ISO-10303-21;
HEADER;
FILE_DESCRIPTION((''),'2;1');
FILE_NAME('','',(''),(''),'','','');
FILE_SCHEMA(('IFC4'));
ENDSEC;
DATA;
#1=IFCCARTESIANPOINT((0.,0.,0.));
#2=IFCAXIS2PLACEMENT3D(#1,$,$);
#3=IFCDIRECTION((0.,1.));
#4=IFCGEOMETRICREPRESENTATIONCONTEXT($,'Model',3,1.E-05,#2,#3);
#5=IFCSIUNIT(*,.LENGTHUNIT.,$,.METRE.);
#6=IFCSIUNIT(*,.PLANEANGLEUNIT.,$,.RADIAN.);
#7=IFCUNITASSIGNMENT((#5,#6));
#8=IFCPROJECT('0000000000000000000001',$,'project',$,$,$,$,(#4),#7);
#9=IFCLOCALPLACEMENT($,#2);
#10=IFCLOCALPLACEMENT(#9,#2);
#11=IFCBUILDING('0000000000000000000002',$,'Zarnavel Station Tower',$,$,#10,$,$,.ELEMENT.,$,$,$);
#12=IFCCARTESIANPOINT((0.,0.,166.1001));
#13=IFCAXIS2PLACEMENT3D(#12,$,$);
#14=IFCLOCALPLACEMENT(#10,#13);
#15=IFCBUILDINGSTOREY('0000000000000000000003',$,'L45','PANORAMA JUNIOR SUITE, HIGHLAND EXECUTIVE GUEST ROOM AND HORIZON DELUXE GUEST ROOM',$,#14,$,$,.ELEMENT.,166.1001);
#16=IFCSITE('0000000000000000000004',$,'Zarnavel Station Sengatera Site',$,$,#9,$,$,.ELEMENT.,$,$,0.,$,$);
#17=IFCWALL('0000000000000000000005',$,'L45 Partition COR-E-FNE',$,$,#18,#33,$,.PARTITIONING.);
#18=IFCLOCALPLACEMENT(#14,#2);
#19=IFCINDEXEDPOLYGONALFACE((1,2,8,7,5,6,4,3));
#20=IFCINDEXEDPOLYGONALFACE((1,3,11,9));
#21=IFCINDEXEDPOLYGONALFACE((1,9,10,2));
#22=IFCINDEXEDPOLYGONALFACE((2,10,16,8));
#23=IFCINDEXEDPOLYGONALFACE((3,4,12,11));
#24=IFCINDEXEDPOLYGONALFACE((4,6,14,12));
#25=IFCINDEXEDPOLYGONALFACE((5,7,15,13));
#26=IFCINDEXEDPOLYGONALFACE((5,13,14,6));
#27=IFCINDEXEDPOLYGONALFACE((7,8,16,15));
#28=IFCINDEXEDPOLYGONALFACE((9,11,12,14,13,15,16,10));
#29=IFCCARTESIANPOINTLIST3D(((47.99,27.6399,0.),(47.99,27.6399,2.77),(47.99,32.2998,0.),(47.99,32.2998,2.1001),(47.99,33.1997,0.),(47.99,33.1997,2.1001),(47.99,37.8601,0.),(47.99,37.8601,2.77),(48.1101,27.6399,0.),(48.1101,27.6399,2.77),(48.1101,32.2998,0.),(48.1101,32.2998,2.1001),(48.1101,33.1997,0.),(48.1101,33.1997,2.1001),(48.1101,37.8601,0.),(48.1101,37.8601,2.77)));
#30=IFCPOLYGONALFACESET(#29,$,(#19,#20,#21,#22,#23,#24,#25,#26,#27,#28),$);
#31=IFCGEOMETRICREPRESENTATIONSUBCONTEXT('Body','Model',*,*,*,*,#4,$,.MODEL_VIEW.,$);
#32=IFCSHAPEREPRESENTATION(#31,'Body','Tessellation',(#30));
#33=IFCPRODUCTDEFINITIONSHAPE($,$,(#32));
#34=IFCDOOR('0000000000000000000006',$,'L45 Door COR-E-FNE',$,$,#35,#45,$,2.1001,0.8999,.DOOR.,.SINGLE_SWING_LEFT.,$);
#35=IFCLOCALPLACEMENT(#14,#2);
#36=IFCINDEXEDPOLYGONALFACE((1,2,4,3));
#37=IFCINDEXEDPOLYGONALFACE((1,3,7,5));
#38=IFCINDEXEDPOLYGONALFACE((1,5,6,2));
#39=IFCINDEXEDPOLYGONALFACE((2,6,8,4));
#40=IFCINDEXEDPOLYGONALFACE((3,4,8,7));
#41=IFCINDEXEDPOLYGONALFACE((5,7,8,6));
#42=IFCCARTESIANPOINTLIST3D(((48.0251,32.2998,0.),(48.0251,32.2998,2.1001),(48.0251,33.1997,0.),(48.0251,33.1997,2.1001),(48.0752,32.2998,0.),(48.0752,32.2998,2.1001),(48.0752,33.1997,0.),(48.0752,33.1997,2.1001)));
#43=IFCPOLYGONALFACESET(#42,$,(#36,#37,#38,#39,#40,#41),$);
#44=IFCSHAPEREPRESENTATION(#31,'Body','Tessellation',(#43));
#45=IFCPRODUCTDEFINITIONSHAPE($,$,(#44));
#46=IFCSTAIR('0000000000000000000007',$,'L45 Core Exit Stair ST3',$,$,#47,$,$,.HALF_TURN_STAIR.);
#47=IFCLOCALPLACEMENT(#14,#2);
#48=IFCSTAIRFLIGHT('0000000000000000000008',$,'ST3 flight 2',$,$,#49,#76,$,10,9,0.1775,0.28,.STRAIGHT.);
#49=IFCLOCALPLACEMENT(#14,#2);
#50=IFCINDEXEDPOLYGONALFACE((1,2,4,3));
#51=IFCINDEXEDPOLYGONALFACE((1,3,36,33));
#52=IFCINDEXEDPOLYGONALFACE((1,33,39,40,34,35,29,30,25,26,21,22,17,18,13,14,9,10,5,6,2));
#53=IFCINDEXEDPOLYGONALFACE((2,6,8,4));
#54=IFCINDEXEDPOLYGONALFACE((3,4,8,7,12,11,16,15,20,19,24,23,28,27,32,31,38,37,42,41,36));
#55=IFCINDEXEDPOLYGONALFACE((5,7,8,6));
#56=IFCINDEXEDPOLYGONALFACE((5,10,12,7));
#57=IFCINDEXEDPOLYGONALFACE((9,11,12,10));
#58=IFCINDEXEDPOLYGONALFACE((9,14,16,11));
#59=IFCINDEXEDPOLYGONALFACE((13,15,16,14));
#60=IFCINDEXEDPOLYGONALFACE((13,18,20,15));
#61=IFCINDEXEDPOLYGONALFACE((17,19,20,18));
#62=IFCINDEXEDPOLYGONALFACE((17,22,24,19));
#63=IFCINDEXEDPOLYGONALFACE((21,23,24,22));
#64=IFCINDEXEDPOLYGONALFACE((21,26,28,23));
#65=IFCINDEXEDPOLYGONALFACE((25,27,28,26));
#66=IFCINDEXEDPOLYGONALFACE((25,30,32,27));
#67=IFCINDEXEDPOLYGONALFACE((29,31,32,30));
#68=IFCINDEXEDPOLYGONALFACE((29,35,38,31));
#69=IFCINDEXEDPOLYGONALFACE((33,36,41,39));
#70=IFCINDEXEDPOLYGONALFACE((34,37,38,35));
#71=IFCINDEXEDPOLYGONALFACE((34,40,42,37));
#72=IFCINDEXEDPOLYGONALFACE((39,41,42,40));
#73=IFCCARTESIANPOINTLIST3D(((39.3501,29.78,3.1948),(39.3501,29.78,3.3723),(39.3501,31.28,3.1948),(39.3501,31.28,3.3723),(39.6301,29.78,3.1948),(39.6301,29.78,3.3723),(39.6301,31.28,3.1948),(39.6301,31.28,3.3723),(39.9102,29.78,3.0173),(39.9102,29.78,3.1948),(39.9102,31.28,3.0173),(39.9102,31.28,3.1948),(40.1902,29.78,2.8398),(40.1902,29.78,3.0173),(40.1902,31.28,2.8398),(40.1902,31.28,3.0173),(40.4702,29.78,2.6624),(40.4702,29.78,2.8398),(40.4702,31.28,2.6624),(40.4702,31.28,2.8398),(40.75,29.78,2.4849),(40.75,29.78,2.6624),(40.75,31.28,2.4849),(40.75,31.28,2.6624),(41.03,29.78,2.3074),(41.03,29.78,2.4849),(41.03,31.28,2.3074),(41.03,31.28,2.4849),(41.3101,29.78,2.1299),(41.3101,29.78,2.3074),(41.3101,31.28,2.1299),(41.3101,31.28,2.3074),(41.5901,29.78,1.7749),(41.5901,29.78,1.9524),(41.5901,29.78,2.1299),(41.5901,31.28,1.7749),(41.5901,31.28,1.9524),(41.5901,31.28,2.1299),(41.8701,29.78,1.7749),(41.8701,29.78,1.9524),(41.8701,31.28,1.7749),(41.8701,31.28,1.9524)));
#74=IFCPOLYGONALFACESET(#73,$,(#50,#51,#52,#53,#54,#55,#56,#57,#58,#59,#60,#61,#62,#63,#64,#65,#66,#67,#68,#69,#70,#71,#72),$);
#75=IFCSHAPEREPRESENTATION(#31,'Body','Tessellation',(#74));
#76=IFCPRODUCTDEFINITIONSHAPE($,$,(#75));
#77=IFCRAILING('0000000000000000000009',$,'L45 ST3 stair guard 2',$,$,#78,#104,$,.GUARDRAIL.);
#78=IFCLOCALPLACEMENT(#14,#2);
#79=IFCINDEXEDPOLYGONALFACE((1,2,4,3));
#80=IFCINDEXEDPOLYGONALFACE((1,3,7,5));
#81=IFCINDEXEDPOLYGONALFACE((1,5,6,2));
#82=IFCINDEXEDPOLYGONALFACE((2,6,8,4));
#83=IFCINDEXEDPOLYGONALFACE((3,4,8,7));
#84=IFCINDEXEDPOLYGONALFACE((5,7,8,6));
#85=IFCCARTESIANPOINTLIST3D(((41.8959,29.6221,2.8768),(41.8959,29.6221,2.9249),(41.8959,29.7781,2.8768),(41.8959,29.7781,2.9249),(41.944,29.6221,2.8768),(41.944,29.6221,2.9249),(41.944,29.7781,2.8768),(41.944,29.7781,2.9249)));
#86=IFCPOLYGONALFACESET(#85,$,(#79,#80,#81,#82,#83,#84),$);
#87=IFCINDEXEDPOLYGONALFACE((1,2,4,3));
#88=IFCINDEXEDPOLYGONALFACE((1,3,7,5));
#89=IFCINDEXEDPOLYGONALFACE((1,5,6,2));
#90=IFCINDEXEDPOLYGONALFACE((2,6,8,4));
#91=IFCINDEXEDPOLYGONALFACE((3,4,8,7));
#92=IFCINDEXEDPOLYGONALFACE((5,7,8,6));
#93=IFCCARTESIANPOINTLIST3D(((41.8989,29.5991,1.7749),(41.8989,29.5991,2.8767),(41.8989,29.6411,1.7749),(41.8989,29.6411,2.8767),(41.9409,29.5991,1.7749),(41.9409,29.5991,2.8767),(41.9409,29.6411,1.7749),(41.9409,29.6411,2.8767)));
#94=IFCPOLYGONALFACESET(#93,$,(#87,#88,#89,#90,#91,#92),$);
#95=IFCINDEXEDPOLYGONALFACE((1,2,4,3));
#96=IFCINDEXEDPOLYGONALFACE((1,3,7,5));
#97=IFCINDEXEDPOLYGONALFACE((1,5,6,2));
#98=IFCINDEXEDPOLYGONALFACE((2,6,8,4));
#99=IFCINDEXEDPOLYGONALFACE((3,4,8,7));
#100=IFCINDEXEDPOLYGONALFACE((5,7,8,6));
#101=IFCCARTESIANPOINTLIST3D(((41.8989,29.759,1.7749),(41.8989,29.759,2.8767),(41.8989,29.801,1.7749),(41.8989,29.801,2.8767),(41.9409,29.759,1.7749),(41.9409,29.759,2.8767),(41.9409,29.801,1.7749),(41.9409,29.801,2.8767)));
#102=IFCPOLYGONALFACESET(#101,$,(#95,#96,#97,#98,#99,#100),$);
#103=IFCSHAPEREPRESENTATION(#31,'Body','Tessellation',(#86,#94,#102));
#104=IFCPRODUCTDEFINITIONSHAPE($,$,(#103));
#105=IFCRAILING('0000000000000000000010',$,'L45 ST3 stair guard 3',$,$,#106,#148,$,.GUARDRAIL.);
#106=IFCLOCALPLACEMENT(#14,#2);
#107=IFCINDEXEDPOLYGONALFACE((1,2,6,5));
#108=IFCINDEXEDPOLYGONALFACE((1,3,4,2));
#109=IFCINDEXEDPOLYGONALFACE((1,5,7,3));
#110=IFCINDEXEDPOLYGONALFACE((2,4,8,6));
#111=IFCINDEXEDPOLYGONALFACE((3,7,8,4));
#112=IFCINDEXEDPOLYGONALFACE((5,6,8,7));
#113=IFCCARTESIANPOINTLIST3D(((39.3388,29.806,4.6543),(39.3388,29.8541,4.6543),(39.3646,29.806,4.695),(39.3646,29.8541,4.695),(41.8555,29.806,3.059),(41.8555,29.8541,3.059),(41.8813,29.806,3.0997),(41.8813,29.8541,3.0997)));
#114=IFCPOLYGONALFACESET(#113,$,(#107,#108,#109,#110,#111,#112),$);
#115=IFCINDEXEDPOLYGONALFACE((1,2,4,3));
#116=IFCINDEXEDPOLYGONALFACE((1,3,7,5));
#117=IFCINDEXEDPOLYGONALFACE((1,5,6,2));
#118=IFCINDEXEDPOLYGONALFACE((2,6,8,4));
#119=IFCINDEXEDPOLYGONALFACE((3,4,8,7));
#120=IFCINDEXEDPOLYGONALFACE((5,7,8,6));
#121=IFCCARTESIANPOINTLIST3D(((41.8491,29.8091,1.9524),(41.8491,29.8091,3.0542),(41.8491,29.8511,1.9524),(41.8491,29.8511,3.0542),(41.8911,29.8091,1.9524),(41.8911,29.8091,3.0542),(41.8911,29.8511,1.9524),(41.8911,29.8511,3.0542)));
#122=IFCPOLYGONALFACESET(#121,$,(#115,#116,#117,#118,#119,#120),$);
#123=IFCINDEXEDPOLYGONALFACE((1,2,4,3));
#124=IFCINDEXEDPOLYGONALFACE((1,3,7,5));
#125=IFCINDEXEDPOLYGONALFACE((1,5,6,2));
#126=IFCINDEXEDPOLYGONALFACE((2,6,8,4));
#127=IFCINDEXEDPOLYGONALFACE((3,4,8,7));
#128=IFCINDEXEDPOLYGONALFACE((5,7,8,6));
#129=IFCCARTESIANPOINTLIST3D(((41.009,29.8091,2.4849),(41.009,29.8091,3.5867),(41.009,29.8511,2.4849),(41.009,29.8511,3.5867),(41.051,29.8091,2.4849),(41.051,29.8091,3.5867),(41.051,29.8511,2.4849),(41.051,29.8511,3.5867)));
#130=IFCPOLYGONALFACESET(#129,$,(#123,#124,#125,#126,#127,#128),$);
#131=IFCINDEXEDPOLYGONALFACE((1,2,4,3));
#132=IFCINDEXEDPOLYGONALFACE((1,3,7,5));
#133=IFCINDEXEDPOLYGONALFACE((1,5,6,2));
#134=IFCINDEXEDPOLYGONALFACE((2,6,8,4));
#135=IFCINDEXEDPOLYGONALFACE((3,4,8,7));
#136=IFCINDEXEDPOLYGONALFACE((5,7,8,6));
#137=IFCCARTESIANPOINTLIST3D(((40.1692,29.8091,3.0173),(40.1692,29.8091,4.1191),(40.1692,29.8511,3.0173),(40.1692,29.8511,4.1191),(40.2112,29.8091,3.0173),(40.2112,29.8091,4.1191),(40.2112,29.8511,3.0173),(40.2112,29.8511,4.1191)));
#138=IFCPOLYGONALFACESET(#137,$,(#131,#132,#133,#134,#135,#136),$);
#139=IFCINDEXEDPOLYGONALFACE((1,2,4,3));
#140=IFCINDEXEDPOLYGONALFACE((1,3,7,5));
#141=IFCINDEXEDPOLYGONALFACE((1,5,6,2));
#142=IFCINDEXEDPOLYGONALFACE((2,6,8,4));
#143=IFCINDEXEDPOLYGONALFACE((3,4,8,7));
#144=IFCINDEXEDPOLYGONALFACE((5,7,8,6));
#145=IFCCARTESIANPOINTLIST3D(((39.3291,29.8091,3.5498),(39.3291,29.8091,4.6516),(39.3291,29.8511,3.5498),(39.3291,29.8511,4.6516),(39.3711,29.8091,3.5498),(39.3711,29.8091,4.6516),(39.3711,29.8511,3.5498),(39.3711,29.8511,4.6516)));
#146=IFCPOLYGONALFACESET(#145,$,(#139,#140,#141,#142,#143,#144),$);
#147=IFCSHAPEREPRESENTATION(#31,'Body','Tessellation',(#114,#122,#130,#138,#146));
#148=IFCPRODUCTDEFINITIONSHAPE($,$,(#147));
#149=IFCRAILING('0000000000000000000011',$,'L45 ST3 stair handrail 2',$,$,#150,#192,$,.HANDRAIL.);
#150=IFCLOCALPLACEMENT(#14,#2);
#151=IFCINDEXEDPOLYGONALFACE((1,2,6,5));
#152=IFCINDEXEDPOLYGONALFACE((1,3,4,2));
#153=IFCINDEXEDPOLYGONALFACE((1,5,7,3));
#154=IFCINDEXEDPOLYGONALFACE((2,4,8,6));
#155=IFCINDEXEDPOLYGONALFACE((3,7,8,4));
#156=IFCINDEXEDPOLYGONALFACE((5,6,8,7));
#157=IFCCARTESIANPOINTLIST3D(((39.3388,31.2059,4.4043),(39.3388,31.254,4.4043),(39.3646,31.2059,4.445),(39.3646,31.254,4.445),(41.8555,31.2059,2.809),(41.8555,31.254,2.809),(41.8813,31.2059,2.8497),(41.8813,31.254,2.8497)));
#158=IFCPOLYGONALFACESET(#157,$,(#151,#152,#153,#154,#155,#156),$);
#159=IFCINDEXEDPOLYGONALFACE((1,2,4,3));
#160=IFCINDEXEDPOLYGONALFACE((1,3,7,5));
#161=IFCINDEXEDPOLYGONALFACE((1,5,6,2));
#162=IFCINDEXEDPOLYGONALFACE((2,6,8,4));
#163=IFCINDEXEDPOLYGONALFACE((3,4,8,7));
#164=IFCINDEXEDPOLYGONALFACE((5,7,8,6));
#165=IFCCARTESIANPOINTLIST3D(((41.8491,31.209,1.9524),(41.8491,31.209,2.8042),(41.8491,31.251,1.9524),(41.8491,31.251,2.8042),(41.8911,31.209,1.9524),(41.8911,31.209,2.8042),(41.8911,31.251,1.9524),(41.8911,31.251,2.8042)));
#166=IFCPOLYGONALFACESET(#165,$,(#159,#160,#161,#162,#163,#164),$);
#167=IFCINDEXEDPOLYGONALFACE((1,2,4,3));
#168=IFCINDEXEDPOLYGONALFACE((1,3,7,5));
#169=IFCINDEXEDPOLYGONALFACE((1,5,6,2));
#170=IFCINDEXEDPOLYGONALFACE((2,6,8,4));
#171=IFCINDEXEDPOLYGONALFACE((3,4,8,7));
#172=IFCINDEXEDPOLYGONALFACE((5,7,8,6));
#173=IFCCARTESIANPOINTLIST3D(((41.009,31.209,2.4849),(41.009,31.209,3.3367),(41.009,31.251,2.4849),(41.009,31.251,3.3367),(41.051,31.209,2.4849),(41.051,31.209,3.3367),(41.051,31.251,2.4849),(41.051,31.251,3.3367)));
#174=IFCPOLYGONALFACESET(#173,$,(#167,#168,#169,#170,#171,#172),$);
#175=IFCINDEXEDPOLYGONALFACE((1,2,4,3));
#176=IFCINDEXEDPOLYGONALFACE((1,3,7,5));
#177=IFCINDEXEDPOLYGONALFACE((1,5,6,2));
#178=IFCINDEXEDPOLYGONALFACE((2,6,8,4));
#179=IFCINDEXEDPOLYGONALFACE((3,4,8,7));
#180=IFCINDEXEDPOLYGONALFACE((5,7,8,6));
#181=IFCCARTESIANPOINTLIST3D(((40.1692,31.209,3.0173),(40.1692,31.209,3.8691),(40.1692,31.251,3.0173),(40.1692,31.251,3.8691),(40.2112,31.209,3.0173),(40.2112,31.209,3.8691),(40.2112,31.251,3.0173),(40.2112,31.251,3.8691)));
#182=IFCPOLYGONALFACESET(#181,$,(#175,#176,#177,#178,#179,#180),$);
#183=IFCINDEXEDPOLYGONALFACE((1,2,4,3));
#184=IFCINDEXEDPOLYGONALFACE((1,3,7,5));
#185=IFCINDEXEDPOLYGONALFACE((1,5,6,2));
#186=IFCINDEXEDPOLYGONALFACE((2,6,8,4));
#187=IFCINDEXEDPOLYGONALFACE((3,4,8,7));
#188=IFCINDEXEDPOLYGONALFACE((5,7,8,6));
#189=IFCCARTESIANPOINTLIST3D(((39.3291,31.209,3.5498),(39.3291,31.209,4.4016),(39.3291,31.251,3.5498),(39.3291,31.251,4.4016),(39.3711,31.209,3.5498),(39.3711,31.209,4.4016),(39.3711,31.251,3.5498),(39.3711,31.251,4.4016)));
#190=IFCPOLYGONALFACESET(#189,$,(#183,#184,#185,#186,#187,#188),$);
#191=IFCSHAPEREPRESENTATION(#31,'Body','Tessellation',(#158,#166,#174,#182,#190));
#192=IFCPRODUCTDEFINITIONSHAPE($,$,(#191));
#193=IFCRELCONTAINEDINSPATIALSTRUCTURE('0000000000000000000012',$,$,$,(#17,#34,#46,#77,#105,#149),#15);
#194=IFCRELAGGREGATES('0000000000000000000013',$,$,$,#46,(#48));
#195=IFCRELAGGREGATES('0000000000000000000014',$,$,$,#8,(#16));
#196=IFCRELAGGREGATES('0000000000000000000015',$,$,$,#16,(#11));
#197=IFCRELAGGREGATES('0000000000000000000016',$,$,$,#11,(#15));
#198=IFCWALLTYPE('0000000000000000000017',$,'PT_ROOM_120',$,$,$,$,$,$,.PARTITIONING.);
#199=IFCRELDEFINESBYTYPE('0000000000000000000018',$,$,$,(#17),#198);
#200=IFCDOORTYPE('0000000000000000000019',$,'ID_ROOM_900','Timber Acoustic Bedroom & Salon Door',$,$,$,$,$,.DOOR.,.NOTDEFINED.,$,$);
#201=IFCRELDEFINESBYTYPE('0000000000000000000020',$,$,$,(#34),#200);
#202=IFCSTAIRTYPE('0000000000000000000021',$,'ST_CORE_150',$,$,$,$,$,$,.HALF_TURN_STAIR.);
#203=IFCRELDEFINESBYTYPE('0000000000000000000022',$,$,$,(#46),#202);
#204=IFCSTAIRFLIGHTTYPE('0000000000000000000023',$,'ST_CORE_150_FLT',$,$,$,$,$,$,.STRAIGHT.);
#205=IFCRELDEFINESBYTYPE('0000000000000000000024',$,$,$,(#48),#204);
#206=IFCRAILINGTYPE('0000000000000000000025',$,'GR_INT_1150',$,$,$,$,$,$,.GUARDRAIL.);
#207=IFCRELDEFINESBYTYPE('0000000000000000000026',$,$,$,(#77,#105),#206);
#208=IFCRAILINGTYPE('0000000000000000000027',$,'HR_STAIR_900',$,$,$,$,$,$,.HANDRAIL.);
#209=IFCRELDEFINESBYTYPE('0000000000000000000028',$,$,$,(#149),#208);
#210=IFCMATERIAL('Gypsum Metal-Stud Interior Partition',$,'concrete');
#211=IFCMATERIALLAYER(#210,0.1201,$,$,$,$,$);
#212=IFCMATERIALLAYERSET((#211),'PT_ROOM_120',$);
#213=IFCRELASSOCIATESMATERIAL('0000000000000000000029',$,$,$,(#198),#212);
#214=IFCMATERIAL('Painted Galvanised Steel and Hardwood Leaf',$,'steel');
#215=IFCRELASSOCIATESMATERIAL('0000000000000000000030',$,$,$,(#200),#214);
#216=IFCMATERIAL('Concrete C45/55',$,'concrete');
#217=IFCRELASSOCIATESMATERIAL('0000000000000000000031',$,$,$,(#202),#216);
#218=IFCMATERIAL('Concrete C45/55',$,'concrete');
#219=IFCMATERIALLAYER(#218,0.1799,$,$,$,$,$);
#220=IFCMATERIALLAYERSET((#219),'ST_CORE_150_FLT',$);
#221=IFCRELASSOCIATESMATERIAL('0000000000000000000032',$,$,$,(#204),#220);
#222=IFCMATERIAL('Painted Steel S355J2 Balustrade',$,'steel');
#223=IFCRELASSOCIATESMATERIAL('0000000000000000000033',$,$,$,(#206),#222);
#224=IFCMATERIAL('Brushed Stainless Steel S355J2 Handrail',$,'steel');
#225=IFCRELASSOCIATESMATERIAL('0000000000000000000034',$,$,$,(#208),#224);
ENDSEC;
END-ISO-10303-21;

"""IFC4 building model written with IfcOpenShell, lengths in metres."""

from ifc_helpers import new_model, si_unit, direction, frame, frame_2d, origin, origin_2d, place, context, subcontext, project, spatial, polyline, rectangle, outline, extrude, material, layer, layer_set, type_object, element, fill, aggregate, save


model = new_model("IFC4")

# Units and contexts
model_context = context("Model", 3, precision=1e-05, world=origin(), true_north=direction((0.0, 1.0)))
body_context = subcontext(model_context, "Body", "Model", "MODEL_VIEW")
ifc_project = project(units=[si_unit("LENGTHUNIT", "METRE"), si_unit("PLANEANGLEUNIT", "RADIAN")], contexts=[model_context])

# Site, building, storey
site_placement = place(None, origin())
site = spatial("IfcSite", under=ifc_project, at=site_placement, Name="Zarnavel Station Sengatera Site", CompositionType="ELEMENT", RefElevation=0.0)
building_placement = place(site_placement, origin())
building = spatial("IfcBuilding", under=site, at=building_placement, Name="Zarnavel Station Tower", CompositionType="ELEMENT")
storey_placement = place(building_placement, frame((0.0, 0.0, 166.1001)))
storey = spatial("IfcBuildingStorey", under=building, at=storey_placement, Name="L45", Description="PANORAMA JUNIOR SUITE, HIGHLAND EXECUTIVE GUEST ROOM AND HORIZON DELUXE GUEST ROOM", CompositionType="ELEMENT", Elevation=166.1001)

# Wall, opening, door
ifc_material_1 = material(Name="Gypsum Metal-Stud Interior Partition", Category="concrete")
ifc_layer_1 = layer(ifc_material_1, 0.1201)
ifc_layer_set_1 = layer_set([ifc_layer_1], Name="PT_ROOM_120")
wall_type_1 = type_object("IfcWallType", Name="PT_ROOM_120", PredefinedType="PARTITIONING", material=ifc_layer_set_1)
ifc_material_2 = material(Name="Painted Galvanised Steel and Hardwood Leaf", Category="steel")
door_type_1 = type_object("IfcDoorType", Name="ID_ROOM_900", Description="Timber Acoustic Bedroom & Salon Door", OperationType="NOTDEFINED", PredefinedType="DOOR", material=ifc_material_2)
wall_1_placement = place(storey_placement, frame((48.05, 27.6399, 0.0), z_axis=(0.0, 0.0, 1.0), x_axis=(0.0, 1.0, 0.0)))
wall_1 = element("IfcWall", 1, at=wall_1_placement, inside=storey, type_object=wall_type_1, Name="L45 Partition COR-E-FNE", PredefinedType="PARTITIONING", context=body_context, shape_type="SweptSolid", body=[
    extrude(rectangle(XDim=10.2202, YDim=0.1201, at=frame_2d((5.1101, 0.0))), origin(), (0.0, 0.0, 1.0), 2.77),
])
opening_1_placement = place(wall_1_placement, frame((4.6599, 0.0, 0.0)))
opening_1 = element("IfcOpeningElement", 2, at=opening_1_placement, cuts=wall_1, PredefinedType="OPENING", context=body_context, shape_type="SweptSolid", body=[
    extrude(rectangle(XDim=0.8999, YDim=2.1001, at=frame_2d((0.45, 1.05))), frame((0.0, 0.0701, 0.0), z_axis=(0.0, -1.0, 0.0), x_axis=(1.0, 0.0, 0.0)), (0.0, 0.0, 1.0), 0.1401),
])
door_1_placement = place(opening_1_placement, origin())
door_1 = element("IfcDoor", 3, at=door_1_placement, inside=storey, type_object=door_type_1, Name="L45 Door COR-E-FNE", OperationType="SINGLE_SWING_LEFT", OverallHeight=2.1001, OverallWidth=0.8999, PredefinedType="DOOR", context=body_context, shape_type="SweptSolid", body=[
    extrude(rectangle(XDim=0.8999, YDim=2.1001, at=frame_2d((0.45, 1.05))), frame((0.0, 0.0249, 0.0), z_axis=(0.0, -1.0, 0.0), x_axis=(1.0, 0.0, 0.0)), (0.0, 0.0, 1.0), 0.05),
])
fill(opening_1, door_1)

# Stair, stair flight
ifc_material_3 = material(Name="Concrete C45/55", Category="concrete")
stair_type = type_object("IfcStairType", Name="ST_CORE_150", PredefinedType="HALF_TURN_STAIR", material=ifc_material_3)
stair_placement = place(storey_placement, origin())
stair = element("IfcStair", 4, at=stair_placement, inside=storey, type_object=stair_type, Name="L45 Core Exit Stair ST3", PredefinedType="HALF_TURN_STAIR")
ifc_material_4 = material(Name="Concrete C45/55", Category="concrete")
ifc_layer_2 = layer(ifc_material_4, 0.1799)
ifc_layer_set_2 = layer_set([ifc_layer_2], Name="ST_CORE_150_FLT")
stair_flight_type = type_object("IfcStairFlightType", Name="ST_CORE_150_FLT", PredefinedType="STRAIGHT", material=ifc_layer_set_2)
stair_flight_placement = place(storey_placement, frame((41.8701, 30.53, 1.7749), z_axis=(0.0, 0.0, 1.0), x_axis=(-1.0, 0.0, 0.0)))
stair_flight = element("IfcStairFlight", 5, at=stair_flight_placement, type_object=stair_flight_type, Name="ST3 flight 2", NumberOfRisers=10, NumberOfTreads=9, PredefinedType="STRAIGHT", RiserHeight=0.1775, TreadLength=0.28, context=body_context, shape_type="SweptSolid", body=[
    extrude(outline(polyline([(0.0, 0.0), (0.0, 0.1775), (0.28, 0.1775), (0.28, 0.355), (0.5601, 0.355), (0.5601, 0.5325), (0.8401, 0.5325), (0.8401, 0.71), (1.1201, 0.71), (1.1201, 0.8875), (1.3999, 0.8875), (1.3999, 1.0649), (1.6799, 1.0649), (1.6799, 1.2424), (1.96, 1.2424), (1.96, 1.4199), (2.24, 1.4199), (2.24, 1.5974), (2.52, 1.5974), (2.52, 1.7749), (2.52, 1.4199), (0.28, 0.0), (0.0, 0.0)])), frame((0.0, 0.75, 0.0), z_axis=(0.0, -1.0, 0.0), x_axis=(1.0, 0.0, 0.0)), (0.0, 0.0, 1.0), 1.5),
])
aggregate(stair, [stair_flight])

# Railings
ifc_material_5 = material(Name="Painted Steel S355J2 Balustrade", Category="steel")
railing_type_1 = type_object("IfcRailingType", Name="GR_INT_1150", PredefinedType="GUARDRAIL", material=ifc_material_5)
railing_1_placement = place(storey_placement, frame((41.9199, 29.6201, 1.7749)))
element("IfcRailing", 6, at=railing_1_placement, inside=storey, type_object=railing_type_1, Name="L45 ST3 stair guard 2", PredefinedType="GUARDRAIL", context=body_context, shape_type="SweptSolid", body=[
    extrude(rectangle(XDim=0.0481, YDim=0.0481, at=origin_2d()), frame((0.0, 0.002, 1.126), z_axis=(0.0, 1.0, 0.0), x_axis=(-1.0, 0.0, 0.0)), (0.0, 0.0, 1.0), 0.156),
    extrude(rectangle(XDim=0.042, YDim=0.042, at=origin_2d()), origin(), (0.0, 0.0, 1.0), 1.1018),
    extrude(rectangle(XDim=0.042, YDim=0.042, at=origin_2d()), frame((0.0, 0.1599, 0.0)), (0.0, 0.0, 1.0), 1.1018),
])
railing_2_placement = place(storey_placement, frame((41.8701, 29.8301, 1.9524)))
element("IfcRailing", 7, at=railing_2_placement, inside=storey, type_object=railing_type_1, Name="L45 ST3 stair guard 3", PredefinedType="GUARDRAIL", context=body_context, shape_type="SweptSolid", body=[
    extrude(rectangle(XDim=0.0481, YDim=0.0481, at=origin_2d()), frame((-0.0017, 0.0, 1.127), z_axis=(-0.844607, 0.0, 0.535387), x_axis=(0.0, -1.0, 0.0)), (0.0, 0.0, 1.0), 2.9797),
    extrude(rectangle(XDim=0.042, YDim=0.042, at=origin_2d()), origin(), (0.0, 0.0, 1.0), 1.1018),
    extrude(rectangle(XDim=0.042, YDim=0.042, at=origin_2d()), frame((-0.8401, 0.0, 0.5325)), (0.0, 0.0, 1.0), 1.1018),
    extrude(rectangle(XDim=0.042, YDim=0.042, at=origin_2d()), frame((-1.6799, 0.0, 1.0649)), (0.0, 0.0, 1.0), 1.1018),
    extrude(rectangle(XDim=0.042, YDim=0.042, at=origin_2d()), frame((-2.52, 0.0, 1.5974)), (0.0, 0.0, 1.0), 1.1018),
])
ifc_material_6 = material(Name="Brushed Stainless Steel S355J2 Handrail", Category="steel")
railing_type_2 = type_object("IfcRailingType", Name="HR_STAIR_900", PredefinedType="HANDRAIL", material=ifc_material_6)
railing_3_placement = place(storey_placement, frame((41.8701, 31.23, 1.9524)))
element("IfcRailing", 8, at=railing_3_placement, inside=storey, type_object=railing_type_2, Name="L45 ST3 stair handrail 2", PredefinedType="HANDRAIL", context=body_context, shape_type="SweptSolid", body=[
    extrude(rectangle(XDim=0.0481, YDim=0.0481, at=origin_2d()), frame((-0.0017, 0.0, 0.877), z_axis=(-0.844607, 0.0, 0.535387), x_axis=(0.0, -1.0, 0.0)), (0.0, 0.0, 1.0), 2.9797),
    extrude(rectangle(XDim=0.042, YDim=0.042, at=origin_2d()), origin(), (0.0, 0.0, 1.0), 0.8518),
    extrude(rectangle(XDim=0.042, YDim=0.042, at=origin_2d()), frame((-0.8401, 0.0, 0.5325)), (0.0, 0.0, 1.0), 0.8518),
    extrude(rectangle(XDim=0.042, YDim=0.042, at=origin_2d()), frame((-1.6799, 0.0, 1.0649)), (0.0, 0.0, 1.0), 0.8518),
    extrude(rectangle(XDim=0.042, YDim=0.042, at=origin_2d()), frame((-2.52, 0.0, 1.5974)), (0.0, 0.0, 1.0), 0.8518),
])

save(model, "model.ifc")
